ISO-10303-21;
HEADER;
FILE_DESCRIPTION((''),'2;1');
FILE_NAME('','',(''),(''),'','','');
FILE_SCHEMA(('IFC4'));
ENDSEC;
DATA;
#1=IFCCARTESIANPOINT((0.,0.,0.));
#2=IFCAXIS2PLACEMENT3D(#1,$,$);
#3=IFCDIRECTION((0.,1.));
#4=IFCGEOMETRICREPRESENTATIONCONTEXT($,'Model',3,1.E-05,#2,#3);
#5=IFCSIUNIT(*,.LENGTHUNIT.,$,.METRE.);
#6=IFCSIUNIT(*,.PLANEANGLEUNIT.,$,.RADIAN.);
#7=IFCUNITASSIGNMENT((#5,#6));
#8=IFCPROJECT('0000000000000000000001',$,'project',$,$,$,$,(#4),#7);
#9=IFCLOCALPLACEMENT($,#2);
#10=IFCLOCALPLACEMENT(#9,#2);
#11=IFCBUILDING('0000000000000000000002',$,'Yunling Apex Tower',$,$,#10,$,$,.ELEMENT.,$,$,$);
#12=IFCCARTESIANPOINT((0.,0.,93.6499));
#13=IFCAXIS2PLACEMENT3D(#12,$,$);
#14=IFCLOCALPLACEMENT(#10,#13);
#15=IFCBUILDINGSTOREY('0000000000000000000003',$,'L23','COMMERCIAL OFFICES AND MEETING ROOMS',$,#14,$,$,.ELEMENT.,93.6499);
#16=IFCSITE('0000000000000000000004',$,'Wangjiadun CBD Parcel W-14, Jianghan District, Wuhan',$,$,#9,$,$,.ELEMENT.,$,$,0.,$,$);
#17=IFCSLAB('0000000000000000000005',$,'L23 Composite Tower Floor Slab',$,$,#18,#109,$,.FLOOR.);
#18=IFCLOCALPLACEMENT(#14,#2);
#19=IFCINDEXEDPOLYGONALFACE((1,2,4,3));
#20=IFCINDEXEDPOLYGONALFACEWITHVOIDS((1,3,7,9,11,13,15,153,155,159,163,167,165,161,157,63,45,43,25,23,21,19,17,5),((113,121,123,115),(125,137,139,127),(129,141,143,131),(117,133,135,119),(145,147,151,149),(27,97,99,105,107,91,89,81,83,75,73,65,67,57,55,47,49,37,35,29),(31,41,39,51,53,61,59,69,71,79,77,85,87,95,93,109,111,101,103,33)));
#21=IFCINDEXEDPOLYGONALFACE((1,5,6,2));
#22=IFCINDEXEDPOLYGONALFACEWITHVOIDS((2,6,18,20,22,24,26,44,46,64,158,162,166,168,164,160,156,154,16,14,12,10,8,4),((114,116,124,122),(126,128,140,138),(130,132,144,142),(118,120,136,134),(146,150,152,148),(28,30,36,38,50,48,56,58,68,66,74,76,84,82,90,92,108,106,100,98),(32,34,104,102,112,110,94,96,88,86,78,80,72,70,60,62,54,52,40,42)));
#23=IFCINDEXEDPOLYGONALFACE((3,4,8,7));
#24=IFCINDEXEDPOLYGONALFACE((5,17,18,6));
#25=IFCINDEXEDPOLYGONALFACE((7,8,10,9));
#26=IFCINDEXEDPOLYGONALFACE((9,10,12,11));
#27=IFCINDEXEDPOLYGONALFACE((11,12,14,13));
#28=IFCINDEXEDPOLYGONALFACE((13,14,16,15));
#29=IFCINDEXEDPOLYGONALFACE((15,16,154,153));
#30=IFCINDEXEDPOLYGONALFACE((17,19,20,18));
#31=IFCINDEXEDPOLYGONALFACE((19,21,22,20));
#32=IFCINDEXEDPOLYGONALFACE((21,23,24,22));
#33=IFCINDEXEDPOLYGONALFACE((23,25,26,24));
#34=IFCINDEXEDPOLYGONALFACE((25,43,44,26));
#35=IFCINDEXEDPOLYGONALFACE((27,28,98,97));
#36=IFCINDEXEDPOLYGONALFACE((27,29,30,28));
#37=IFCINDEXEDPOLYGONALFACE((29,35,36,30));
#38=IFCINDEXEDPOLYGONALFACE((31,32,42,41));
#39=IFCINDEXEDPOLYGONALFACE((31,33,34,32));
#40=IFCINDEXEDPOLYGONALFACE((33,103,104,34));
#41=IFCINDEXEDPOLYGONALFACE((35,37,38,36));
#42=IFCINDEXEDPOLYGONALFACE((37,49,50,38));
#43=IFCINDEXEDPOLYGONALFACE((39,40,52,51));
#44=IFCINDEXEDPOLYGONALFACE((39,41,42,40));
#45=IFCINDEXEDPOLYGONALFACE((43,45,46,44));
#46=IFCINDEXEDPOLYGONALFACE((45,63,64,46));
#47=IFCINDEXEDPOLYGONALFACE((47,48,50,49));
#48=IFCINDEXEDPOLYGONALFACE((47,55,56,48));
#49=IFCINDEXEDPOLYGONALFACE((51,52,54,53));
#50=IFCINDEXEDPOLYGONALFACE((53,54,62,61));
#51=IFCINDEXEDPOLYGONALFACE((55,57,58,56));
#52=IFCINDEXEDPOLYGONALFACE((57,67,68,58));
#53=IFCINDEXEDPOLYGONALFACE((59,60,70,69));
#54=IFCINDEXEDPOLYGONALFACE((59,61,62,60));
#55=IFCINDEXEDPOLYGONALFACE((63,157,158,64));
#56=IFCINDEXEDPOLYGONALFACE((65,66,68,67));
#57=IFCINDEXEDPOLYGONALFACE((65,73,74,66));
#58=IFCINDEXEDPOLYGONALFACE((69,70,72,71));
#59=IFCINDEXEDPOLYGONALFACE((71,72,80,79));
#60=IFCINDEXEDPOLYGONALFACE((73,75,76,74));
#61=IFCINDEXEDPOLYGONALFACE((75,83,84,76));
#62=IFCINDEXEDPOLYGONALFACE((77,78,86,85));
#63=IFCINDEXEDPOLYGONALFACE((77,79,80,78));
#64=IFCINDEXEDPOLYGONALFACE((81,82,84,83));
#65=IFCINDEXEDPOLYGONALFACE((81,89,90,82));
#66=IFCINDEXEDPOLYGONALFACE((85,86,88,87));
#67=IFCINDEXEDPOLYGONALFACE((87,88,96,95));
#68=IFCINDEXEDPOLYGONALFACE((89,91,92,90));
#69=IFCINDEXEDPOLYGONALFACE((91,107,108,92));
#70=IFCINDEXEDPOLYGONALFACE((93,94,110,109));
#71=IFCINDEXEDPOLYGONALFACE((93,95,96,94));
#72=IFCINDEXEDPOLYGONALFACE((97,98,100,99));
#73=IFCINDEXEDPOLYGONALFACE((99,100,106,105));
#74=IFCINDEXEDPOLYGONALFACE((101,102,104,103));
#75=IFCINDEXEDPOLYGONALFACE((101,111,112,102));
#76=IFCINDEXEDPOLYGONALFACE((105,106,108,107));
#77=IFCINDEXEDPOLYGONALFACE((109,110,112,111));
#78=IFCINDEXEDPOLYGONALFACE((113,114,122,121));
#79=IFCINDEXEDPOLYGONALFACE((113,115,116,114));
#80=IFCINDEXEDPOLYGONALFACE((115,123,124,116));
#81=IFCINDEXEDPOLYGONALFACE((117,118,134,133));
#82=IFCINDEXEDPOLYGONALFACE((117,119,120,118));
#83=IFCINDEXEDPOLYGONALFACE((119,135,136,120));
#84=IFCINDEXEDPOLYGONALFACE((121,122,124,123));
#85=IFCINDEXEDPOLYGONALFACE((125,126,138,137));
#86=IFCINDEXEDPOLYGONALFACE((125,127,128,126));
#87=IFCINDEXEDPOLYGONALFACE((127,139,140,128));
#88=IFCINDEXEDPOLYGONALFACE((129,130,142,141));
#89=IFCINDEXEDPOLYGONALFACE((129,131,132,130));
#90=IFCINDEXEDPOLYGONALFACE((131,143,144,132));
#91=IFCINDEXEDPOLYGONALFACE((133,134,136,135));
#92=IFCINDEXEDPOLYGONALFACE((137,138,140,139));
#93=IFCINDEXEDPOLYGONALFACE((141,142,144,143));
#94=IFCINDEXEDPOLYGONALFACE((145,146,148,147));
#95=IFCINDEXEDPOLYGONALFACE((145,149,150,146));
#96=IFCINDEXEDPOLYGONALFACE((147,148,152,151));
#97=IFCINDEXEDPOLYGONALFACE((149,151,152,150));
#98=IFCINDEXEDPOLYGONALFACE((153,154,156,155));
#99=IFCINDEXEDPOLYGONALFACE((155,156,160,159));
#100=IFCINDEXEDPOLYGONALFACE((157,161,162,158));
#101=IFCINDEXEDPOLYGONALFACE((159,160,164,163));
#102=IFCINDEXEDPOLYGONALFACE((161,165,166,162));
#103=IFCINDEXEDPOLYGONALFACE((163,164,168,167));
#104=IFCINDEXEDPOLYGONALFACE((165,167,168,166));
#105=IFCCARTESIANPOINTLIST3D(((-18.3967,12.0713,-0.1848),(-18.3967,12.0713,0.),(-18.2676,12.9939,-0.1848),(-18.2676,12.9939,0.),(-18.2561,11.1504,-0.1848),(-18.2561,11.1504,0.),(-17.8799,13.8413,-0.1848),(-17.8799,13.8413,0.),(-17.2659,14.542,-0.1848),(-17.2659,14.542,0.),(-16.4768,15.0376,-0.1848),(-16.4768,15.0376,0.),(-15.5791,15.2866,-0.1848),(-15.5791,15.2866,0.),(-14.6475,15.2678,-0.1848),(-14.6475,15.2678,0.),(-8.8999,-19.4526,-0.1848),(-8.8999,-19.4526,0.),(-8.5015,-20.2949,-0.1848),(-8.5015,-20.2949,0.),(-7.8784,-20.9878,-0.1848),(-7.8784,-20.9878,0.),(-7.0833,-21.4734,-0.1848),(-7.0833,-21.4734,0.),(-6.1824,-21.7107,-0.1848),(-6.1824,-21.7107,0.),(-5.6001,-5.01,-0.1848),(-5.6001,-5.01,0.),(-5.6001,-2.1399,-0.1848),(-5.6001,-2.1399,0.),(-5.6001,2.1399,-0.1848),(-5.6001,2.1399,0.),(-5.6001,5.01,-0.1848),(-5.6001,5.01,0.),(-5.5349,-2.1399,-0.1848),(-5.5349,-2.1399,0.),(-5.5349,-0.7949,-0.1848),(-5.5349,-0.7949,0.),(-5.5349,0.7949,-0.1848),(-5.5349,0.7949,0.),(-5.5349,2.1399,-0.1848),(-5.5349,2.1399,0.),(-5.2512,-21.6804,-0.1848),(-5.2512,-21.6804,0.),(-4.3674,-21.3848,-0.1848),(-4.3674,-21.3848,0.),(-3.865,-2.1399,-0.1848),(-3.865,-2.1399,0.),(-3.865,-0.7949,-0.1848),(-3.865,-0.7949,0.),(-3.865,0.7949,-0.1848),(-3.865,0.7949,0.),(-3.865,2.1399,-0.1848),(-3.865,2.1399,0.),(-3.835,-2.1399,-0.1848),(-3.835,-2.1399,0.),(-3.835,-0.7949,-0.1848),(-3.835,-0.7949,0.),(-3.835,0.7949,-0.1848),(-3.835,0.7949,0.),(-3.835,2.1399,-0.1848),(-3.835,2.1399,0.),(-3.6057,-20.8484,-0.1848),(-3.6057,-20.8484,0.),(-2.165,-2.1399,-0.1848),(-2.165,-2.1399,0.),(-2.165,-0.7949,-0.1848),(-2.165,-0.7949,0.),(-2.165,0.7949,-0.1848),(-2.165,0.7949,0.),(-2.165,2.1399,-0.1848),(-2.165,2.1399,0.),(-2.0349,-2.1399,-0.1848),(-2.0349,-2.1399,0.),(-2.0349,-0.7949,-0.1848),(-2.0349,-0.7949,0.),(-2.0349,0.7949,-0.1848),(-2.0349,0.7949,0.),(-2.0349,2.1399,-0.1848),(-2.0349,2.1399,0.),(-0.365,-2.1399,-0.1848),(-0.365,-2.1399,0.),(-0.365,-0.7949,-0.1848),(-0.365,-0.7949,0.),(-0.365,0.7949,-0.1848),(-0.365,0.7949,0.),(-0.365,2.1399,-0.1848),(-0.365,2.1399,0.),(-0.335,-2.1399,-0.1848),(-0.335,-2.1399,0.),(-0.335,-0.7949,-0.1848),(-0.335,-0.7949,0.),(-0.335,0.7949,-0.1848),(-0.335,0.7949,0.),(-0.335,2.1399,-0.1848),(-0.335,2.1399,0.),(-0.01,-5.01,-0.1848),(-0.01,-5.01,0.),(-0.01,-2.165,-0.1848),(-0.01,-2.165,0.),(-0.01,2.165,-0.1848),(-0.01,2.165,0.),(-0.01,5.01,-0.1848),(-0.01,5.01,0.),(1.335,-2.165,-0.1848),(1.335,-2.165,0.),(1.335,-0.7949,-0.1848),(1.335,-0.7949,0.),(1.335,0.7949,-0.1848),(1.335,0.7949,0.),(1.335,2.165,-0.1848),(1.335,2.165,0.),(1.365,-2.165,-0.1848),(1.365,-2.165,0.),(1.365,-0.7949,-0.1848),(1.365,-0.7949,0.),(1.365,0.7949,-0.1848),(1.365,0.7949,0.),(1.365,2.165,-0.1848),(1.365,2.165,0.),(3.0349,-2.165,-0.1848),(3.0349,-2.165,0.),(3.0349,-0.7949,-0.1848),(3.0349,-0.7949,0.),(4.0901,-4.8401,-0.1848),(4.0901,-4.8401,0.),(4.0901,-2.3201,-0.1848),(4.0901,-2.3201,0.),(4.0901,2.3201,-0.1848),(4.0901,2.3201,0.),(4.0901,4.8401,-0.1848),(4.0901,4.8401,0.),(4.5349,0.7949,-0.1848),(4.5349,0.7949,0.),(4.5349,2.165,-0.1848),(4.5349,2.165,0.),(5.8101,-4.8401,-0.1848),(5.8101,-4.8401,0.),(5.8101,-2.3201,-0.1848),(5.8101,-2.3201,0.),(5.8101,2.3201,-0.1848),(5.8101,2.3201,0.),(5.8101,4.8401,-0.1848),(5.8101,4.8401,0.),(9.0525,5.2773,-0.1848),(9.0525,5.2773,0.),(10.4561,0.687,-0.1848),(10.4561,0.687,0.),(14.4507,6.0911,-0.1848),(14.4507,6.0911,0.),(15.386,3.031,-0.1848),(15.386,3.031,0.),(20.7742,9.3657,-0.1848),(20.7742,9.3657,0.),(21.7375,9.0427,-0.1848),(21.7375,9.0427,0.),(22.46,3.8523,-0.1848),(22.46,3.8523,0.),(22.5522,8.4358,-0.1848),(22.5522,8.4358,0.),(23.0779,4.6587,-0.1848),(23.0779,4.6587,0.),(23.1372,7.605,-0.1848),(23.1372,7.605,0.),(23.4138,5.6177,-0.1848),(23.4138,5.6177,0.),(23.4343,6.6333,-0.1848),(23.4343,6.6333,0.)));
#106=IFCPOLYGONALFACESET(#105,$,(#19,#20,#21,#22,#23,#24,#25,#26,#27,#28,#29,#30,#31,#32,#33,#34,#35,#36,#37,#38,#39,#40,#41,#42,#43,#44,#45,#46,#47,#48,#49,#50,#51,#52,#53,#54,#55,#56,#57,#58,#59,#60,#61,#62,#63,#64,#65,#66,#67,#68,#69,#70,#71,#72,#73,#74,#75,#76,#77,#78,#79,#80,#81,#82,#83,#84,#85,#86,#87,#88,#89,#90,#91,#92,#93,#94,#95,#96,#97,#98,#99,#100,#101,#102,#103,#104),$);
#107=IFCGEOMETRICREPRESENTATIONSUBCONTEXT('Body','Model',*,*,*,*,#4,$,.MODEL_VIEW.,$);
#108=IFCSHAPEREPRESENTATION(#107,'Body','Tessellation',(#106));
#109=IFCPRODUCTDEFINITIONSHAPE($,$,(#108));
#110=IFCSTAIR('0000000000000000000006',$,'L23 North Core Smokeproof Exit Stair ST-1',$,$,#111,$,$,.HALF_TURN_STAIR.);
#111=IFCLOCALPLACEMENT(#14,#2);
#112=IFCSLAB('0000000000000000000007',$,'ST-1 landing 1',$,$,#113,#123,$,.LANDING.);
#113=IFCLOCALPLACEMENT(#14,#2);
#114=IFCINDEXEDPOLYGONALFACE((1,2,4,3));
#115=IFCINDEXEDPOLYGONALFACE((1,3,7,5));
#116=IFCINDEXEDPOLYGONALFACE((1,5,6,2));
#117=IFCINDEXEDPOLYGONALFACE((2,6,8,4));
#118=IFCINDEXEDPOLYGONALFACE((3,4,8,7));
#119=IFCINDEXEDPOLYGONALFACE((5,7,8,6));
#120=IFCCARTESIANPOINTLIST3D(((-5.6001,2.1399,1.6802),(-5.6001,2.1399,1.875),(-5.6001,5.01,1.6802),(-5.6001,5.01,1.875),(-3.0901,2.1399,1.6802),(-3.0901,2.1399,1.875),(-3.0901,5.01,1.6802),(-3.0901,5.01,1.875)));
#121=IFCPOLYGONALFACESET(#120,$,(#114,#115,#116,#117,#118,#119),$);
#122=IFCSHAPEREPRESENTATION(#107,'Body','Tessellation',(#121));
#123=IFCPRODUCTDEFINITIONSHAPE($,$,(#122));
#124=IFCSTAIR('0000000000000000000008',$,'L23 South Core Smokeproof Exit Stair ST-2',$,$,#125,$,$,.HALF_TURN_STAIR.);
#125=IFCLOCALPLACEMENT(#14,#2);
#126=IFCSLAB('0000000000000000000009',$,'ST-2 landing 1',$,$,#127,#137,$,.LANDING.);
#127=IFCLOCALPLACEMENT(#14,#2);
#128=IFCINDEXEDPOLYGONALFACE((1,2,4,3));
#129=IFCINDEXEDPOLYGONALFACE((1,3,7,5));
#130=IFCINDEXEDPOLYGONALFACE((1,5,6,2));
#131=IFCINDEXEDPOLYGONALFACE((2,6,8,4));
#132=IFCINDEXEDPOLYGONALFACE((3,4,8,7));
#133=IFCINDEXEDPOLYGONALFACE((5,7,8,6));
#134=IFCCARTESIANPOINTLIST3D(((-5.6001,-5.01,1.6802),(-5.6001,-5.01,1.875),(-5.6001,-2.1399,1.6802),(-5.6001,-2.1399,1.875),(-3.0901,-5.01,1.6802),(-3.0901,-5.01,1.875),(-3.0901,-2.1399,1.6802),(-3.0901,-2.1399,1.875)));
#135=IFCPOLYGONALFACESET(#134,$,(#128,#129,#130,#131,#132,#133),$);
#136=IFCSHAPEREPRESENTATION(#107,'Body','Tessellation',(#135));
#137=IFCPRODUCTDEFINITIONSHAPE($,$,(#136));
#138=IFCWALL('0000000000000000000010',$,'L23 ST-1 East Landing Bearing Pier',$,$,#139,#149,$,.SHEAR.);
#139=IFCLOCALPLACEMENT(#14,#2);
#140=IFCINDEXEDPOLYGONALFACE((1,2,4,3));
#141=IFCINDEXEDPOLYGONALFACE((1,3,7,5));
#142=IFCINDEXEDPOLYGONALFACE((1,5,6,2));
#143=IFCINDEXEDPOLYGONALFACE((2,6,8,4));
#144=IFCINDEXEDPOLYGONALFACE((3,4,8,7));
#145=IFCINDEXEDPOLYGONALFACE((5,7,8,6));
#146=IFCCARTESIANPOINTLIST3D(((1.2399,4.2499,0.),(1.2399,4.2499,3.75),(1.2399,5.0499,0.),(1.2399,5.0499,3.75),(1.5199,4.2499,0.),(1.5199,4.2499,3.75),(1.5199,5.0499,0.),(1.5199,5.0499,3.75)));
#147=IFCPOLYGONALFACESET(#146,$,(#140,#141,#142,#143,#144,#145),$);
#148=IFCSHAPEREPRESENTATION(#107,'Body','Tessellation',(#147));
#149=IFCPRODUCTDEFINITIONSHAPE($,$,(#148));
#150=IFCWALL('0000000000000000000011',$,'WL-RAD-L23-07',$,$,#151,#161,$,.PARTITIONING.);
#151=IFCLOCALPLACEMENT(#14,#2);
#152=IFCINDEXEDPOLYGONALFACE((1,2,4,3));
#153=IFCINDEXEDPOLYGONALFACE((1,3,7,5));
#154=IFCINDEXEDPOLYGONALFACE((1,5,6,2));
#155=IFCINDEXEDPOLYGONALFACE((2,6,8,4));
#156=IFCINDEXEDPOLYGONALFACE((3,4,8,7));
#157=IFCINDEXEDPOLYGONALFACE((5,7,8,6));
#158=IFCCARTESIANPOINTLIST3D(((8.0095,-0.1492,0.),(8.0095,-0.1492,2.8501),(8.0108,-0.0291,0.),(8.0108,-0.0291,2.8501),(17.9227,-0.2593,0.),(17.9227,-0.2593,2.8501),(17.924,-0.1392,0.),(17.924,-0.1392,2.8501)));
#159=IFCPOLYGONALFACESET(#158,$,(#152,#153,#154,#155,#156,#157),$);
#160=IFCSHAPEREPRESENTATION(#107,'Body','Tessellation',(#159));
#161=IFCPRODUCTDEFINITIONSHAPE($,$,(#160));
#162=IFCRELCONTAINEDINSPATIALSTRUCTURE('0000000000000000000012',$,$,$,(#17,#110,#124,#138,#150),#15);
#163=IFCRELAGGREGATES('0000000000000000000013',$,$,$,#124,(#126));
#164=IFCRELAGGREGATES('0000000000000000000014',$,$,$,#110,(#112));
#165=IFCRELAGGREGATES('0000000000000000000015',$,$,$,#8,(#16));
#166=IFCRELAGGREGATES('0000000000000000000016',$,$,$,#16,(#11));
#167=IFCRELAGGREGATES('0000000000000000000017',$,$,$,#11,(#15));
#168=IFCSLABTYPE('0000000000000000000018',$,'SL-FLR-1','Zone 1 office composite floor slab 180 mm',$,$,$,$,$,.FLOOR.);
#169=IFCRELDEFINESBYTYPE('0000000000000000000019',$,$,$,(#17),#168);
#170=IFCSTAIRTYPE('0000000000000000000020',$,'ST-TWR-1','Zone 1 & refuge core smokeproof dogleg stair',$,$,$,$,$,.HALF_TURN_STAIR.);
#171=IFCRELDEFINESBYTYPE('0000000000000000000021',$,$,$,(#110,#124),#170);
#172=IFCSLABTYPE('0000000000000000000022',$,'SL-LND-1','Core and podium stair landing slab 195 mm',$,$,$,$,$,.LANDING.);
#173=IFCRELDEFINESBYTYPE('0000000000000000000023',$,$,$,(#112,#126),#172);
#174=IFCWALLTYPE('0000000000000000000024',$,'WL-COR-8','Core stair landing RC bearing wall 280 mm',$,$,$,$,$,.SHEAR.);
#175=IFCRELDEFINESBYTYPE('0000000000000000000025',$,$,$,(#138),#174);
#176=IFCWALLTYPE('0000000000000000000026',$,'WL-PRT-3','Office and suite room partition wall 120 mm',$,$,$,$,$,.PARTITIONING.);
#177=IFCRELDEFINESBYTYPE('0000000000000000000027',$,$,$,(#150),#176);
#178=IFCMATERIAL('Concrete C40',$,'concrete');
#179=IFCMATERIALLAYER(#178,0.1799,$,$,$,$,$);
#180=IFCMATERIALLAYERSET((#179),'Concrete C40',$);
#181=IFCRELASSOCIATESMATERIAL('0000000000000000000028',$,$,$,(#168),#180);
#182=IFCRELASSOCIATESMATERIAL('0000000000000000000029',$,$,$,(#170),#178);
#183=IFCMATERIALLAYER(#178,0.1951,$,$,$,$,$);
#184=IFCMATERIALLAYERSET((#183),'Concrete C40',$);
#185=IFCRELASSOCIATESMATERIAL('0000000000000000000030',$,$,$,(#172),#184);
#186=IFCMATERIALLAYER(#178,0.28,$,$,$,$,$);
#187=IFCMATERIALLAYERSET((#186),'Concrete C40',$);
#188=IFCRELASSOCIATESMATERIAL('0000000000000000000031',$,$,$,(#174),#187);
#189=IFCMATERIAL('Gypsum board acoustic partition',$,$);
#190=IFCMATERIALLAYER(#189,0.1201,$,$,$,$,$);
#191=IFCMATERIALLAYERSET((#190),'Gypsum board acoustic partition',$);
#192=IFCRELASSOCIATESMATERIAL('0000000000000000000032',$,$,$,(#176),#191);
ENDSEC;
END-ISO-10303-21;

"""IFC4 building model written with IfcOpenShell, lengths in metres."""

from ifc_helpers import new_model, si_unit, direction, frame, frame_2d, origin, place, context, subcontext, project, spatial, polyline, rectangle, outline, extrude, material, layer, layer_set, type_object, element, aggregate, save


model = new_model("IFC4")

# Units and contexts
model_context = context("Model", 3, precision=1e-05, world=origin(), true_north=direction((0.0, 1.0)))
body_context = subcontext(model_context, "Body", "Model", "MODEL_VIEW")
ifc_project = project(units=[si_unit("LENGTHUNIT", "METRE"), si_unit("PLANEANGLEUNIT", "RADIAN")], contexts=[model_context])

# Site, building, storey
site_placement = place(None, origin())
site = spatial("IfcSite", under=ifc_project, at=site_placement, Name="Wangjiadun CBD Parcel W-14, Jianghan District, Wuhan", CompositionType="ELEMENT", RefElevation=0.0)
building_placement = place(site_placement, origin())
building = spatial("IfcBuilding", under=site, at=building_placement, Name="Yunling Apex Tower", CompositionType="ELEMENT")
storey_placement = place(building_placement, frame((0.0, 0.0, 93.6499)))
storey = spatial("IfcBuildingStorey", under=building, at=storey_placement, Name="L23", Description="COMMERCIAL OFFICES AND MEETING ROOMS", CompositionType="ELEMENT", Elevation=93.6499)

# Slab
ifc_material_1 = material(Name="Concrete C40", Category="concrete")
ifc_layer_1 = layer(ifc_material_1, 0.1799)
ifc_layer_set_1 = layer_set([ifc_layer_1], Name="Concrete C40")
slab_type_1 = type_object("IfcSlabType", Name="SL-FLR-1", Description="Zone 1 office composite floor slab 180 mm", PredefinedType="FLOOR", material=ifc_layer_set_1)
slab_1_placement = place(storey_placement, frame((0.0, 0.0, -0.1848)))
element("IfcSlab", 1, at=slab_1_placement, inside=storey, type_object=slab_type_1, Name="L23 Composite Tower Floor Slab", PredefinedType="FLOOR", context=body_context, shape_type="SweptSolid", body=[
    extrude(outline(polyline([(-8.8999, -19.4526), (-8.5015, -20.2949), (-7.8784, -20.9878), (-7.0833, -21.4734), (-6.1824, -21.7107), (-5.2512, -21.6804), (-4.3674, -21.3848), (-3.6057, -20.8484), (22.46, 3.8523), (23.0779, 4.6587), (23.4138, 5.6177), (23.4343, 6.6333), (23.1372, 7.605), (22.5522, 8.4358), (21.7375, 9.0427), (20.7742, 9.3657), (-14.6475, 15.2678), (-15.5791, 15.2866), (-16.4768, 15.0376), (-17.2659, 14.542), (-17.8799, 13.8413), (-18.2676, 12.9939), (-18.3967, 12.0713), (-18.2561, 11.1504), (-8.8999, -19.4526)]), holes=[polyline([(14.4507, 6.0911), (15.386, 3.031), (10.4561, 0.687), (9.0525, 5.2773), (14.4507, 6.0911)]), polyline([(5.8101, -2.3201), (5.8101, -4.8401), (4.0901, -4.8401), (4.0901, -2.3201), (5.8101, -2.3201)]), polyline([(5.8101, 4.8401), (5.8101, 2.3201), (4.0901, 2.3201), (4.0901, 4.8401), (5.8101, 4.8401)]), polyline([(4.5349, 0.7949), (1.365, 0.7949), (1.365, 2.165), (4.5349, 2.165), (4.5349, 0.7949)]), polyline([(3.0349, -0.7949), (3.0349, -2.165), (1.365, -2.165), (1.365, -0.7949), (3.0349, -0.7949)]), polyline([(-3.865, -0.7949), (-3.865, -2.1399), (-3.835, -2.1399), (-3.835, -0.7949), (-2.165, -0.7949), (-2.165, -2.1399), (-2.0349, -2.1399), (-2.0349, -0.7949), (-0.365, -0.7949), (-0.365, -2.1399), (-0.335, -2.1399), (-0.335, -0.7949), (1.335, -0.7949), (1.335, -2.165), (-0.01, -2.165), (-0.01, -5.01), (-5.6001, -5.01), (-5.6001, -2.1399), (-5.5349, -2.1399), (-5.5349, -0.7949), (-3.865, -0.7949)]), polyline([(-5.6001, 2.1399), (-5.6001, 5.01), (-0.01, 5.01), (-0.01, 2.165), (1.335, 2.165), (1.335, 0.7949), (-0.335, 0.7949), (-0.335, 2.1399), (-0.365, 2.1399), (-0.365, 0.7949), (-2.0349, 0.7949), (-2.0349, 2.1399), (-2.165, 2.1399), (-2.165, 0.7949), (-3.835, 0.7949), (-3.835, 2.1399), (-3.865, 2.1399), (-3.865, 0.7949), (-5.5349, 0.7949), (-5.5349, 2.1399), (-5.6001, 2.1399)])]), origin(), (0.0, 0.0, 1.0), 0.1848),
])

# Stairs, slabs
stair_type = type_object("IfcStairType", Name="ST-TWR-1", Description="Zone 1 & refuge core smokeproof dogleg stair", PredefinedType="HALF_TURN_STAIR", material=ifc_material_1)
stair_1_placement = place(storey_placement, origin())
stair_1 = element("IfcStair", 2, at=stair_1_placement, inside=storey, type_object=stair_type, Name="L23 North Core Smokeproof Exit Stair ST-1", PredefinedType="HALF_TURN_STAIR")
ifc_layer_2 = layer(ifc_material_1, 0.1951)
ifc_layer_set_2 = layer_set([ifc_layer_2], Name="Concrete C40")
slab_type_2 = type_object("IfcSlabType", Name="SL-LND-1", Description="Core and podium stair landing slab 195 mm", PredefinedType="LANDING", material=ifc_layer_set_2)
slab_2_placement = place(storey_placement, frame((0.0, 0.0, 1.6802)))
slab_2 = element("IfcSlab", 3, at=slab_2_placement, type_object=slab_type_2, Name="ST-1 landing 1", PredefinedType="LANDING", context=body_context, shape_type="SweptSolid", body=[
    extrude(outline(polyline([(-3.0901, 5.01), (-5.6001, 5.01), (-5.6001, 2.1399), (-3.0901, 2.1399), (-3.0901, 5.01)])), origin(), (0.0, 0.0, 1.0), 0.1948),
])
stair_2_placement = place(storey_placement, origin())
stair_2 = element("IfcStair", 4, at=stair_2_placement, inside=storey, type_object=stair_type, Name="L23 South Core Smokeproof Exit Stair ST-2", PredefinedType="HALF_TURN_STAIR")
slab_3_placement = place(storey_placement, frame((0.0, 0.0, 1.6802)))
slab_3 = element("IfcSlab", 5, at=slab_3_placement, type_object=slab_type_2, Name="ST-2 landing 1", PredefinedType="LANDING", context=body_context, shape_type="SweptSolid", body=[
    extrude(outline(polyline([(-3.0901, -2.1399), (-5.6001, -2.1399), (-5.6001, -5.01), (-3.0901, -5.01), (-3.0901, -2.1399)])), origin(), (0.0, 0.0, 1.0), 0.1948),
])
aggregate(stair_2, [slab_3])

# Walls
ifc_layer_3 = layer(ifc_material_1, 0.28)
ifc_layer_set_3 = layer_set([ifc_layer_3], Name="Concrete C40")
wall_type_1 = type_object("IfcWallType", Name="WL-COR-8", Description="Core stair landing RC bearing wall 280 mm", PredefinedType="SHEAR", material=ifc_layer_set_3)
wall_1_placement = place(storey_placement, frame((1.3799, 4.25, 0.0), z_axis=(0.0, 0.0, 1.0), x_axis=(0.0, 1.0, 0.0)))
element("IfcWall", 6, at=wall_1_placement, inside=storey, type_object=wall_type_1, Name="L23 ST-1 East Landing Bearing Pier", PredefinedType="SHEAR", context=body_context, shape_type="SweptSolid", body=[
    extrude(rectangle(XDim=0.8, YDim=0.28, at=frame_2d((0.3999, 0.0))), origin(), (0.0, 0.0, 1.0), 3.75),
])
ifc_material_2 = material(Name="Gypsum board acoustic partition")
ifc_layer_4 = layer(ifc_material_2, 0.1201)
ifc_layer_set_4 = layer_set([ifc_layer_4], Name="Gypsum board acoustic partition")
wall_type_2 = type_object("IfcWallType", Name="WL-PRT-3", Description="Office and suite room partition wall 120 mm", PredefinedType="PARTITIONING", material=ifc_layer_set_4)
wall_2_placement = place(storey_placement, frame((8.01, -0.0891, 0.0), z_axis=(0.0, 0.0, 1.0), x_axis=(0.999938, -0.011107, 0.0)))
element("IfcWall", 7, at=wall_2_placement, inside=storey, type_object=wall_type_2, Name="WL-RAD-L23-07", PredefinedType="PARTITIONING", context=body_context, shape_type="SweptSolid", body=[
    extrude(rectangle(XDim=9.9138, YDim=0.1201, at=frame_2d((4.957, 0.0))), origin(), (0.0, 0.0, 1.0), 2.8501),
])

aggregate(stair_1, [slab_2])

save(model, "model.ifc")
